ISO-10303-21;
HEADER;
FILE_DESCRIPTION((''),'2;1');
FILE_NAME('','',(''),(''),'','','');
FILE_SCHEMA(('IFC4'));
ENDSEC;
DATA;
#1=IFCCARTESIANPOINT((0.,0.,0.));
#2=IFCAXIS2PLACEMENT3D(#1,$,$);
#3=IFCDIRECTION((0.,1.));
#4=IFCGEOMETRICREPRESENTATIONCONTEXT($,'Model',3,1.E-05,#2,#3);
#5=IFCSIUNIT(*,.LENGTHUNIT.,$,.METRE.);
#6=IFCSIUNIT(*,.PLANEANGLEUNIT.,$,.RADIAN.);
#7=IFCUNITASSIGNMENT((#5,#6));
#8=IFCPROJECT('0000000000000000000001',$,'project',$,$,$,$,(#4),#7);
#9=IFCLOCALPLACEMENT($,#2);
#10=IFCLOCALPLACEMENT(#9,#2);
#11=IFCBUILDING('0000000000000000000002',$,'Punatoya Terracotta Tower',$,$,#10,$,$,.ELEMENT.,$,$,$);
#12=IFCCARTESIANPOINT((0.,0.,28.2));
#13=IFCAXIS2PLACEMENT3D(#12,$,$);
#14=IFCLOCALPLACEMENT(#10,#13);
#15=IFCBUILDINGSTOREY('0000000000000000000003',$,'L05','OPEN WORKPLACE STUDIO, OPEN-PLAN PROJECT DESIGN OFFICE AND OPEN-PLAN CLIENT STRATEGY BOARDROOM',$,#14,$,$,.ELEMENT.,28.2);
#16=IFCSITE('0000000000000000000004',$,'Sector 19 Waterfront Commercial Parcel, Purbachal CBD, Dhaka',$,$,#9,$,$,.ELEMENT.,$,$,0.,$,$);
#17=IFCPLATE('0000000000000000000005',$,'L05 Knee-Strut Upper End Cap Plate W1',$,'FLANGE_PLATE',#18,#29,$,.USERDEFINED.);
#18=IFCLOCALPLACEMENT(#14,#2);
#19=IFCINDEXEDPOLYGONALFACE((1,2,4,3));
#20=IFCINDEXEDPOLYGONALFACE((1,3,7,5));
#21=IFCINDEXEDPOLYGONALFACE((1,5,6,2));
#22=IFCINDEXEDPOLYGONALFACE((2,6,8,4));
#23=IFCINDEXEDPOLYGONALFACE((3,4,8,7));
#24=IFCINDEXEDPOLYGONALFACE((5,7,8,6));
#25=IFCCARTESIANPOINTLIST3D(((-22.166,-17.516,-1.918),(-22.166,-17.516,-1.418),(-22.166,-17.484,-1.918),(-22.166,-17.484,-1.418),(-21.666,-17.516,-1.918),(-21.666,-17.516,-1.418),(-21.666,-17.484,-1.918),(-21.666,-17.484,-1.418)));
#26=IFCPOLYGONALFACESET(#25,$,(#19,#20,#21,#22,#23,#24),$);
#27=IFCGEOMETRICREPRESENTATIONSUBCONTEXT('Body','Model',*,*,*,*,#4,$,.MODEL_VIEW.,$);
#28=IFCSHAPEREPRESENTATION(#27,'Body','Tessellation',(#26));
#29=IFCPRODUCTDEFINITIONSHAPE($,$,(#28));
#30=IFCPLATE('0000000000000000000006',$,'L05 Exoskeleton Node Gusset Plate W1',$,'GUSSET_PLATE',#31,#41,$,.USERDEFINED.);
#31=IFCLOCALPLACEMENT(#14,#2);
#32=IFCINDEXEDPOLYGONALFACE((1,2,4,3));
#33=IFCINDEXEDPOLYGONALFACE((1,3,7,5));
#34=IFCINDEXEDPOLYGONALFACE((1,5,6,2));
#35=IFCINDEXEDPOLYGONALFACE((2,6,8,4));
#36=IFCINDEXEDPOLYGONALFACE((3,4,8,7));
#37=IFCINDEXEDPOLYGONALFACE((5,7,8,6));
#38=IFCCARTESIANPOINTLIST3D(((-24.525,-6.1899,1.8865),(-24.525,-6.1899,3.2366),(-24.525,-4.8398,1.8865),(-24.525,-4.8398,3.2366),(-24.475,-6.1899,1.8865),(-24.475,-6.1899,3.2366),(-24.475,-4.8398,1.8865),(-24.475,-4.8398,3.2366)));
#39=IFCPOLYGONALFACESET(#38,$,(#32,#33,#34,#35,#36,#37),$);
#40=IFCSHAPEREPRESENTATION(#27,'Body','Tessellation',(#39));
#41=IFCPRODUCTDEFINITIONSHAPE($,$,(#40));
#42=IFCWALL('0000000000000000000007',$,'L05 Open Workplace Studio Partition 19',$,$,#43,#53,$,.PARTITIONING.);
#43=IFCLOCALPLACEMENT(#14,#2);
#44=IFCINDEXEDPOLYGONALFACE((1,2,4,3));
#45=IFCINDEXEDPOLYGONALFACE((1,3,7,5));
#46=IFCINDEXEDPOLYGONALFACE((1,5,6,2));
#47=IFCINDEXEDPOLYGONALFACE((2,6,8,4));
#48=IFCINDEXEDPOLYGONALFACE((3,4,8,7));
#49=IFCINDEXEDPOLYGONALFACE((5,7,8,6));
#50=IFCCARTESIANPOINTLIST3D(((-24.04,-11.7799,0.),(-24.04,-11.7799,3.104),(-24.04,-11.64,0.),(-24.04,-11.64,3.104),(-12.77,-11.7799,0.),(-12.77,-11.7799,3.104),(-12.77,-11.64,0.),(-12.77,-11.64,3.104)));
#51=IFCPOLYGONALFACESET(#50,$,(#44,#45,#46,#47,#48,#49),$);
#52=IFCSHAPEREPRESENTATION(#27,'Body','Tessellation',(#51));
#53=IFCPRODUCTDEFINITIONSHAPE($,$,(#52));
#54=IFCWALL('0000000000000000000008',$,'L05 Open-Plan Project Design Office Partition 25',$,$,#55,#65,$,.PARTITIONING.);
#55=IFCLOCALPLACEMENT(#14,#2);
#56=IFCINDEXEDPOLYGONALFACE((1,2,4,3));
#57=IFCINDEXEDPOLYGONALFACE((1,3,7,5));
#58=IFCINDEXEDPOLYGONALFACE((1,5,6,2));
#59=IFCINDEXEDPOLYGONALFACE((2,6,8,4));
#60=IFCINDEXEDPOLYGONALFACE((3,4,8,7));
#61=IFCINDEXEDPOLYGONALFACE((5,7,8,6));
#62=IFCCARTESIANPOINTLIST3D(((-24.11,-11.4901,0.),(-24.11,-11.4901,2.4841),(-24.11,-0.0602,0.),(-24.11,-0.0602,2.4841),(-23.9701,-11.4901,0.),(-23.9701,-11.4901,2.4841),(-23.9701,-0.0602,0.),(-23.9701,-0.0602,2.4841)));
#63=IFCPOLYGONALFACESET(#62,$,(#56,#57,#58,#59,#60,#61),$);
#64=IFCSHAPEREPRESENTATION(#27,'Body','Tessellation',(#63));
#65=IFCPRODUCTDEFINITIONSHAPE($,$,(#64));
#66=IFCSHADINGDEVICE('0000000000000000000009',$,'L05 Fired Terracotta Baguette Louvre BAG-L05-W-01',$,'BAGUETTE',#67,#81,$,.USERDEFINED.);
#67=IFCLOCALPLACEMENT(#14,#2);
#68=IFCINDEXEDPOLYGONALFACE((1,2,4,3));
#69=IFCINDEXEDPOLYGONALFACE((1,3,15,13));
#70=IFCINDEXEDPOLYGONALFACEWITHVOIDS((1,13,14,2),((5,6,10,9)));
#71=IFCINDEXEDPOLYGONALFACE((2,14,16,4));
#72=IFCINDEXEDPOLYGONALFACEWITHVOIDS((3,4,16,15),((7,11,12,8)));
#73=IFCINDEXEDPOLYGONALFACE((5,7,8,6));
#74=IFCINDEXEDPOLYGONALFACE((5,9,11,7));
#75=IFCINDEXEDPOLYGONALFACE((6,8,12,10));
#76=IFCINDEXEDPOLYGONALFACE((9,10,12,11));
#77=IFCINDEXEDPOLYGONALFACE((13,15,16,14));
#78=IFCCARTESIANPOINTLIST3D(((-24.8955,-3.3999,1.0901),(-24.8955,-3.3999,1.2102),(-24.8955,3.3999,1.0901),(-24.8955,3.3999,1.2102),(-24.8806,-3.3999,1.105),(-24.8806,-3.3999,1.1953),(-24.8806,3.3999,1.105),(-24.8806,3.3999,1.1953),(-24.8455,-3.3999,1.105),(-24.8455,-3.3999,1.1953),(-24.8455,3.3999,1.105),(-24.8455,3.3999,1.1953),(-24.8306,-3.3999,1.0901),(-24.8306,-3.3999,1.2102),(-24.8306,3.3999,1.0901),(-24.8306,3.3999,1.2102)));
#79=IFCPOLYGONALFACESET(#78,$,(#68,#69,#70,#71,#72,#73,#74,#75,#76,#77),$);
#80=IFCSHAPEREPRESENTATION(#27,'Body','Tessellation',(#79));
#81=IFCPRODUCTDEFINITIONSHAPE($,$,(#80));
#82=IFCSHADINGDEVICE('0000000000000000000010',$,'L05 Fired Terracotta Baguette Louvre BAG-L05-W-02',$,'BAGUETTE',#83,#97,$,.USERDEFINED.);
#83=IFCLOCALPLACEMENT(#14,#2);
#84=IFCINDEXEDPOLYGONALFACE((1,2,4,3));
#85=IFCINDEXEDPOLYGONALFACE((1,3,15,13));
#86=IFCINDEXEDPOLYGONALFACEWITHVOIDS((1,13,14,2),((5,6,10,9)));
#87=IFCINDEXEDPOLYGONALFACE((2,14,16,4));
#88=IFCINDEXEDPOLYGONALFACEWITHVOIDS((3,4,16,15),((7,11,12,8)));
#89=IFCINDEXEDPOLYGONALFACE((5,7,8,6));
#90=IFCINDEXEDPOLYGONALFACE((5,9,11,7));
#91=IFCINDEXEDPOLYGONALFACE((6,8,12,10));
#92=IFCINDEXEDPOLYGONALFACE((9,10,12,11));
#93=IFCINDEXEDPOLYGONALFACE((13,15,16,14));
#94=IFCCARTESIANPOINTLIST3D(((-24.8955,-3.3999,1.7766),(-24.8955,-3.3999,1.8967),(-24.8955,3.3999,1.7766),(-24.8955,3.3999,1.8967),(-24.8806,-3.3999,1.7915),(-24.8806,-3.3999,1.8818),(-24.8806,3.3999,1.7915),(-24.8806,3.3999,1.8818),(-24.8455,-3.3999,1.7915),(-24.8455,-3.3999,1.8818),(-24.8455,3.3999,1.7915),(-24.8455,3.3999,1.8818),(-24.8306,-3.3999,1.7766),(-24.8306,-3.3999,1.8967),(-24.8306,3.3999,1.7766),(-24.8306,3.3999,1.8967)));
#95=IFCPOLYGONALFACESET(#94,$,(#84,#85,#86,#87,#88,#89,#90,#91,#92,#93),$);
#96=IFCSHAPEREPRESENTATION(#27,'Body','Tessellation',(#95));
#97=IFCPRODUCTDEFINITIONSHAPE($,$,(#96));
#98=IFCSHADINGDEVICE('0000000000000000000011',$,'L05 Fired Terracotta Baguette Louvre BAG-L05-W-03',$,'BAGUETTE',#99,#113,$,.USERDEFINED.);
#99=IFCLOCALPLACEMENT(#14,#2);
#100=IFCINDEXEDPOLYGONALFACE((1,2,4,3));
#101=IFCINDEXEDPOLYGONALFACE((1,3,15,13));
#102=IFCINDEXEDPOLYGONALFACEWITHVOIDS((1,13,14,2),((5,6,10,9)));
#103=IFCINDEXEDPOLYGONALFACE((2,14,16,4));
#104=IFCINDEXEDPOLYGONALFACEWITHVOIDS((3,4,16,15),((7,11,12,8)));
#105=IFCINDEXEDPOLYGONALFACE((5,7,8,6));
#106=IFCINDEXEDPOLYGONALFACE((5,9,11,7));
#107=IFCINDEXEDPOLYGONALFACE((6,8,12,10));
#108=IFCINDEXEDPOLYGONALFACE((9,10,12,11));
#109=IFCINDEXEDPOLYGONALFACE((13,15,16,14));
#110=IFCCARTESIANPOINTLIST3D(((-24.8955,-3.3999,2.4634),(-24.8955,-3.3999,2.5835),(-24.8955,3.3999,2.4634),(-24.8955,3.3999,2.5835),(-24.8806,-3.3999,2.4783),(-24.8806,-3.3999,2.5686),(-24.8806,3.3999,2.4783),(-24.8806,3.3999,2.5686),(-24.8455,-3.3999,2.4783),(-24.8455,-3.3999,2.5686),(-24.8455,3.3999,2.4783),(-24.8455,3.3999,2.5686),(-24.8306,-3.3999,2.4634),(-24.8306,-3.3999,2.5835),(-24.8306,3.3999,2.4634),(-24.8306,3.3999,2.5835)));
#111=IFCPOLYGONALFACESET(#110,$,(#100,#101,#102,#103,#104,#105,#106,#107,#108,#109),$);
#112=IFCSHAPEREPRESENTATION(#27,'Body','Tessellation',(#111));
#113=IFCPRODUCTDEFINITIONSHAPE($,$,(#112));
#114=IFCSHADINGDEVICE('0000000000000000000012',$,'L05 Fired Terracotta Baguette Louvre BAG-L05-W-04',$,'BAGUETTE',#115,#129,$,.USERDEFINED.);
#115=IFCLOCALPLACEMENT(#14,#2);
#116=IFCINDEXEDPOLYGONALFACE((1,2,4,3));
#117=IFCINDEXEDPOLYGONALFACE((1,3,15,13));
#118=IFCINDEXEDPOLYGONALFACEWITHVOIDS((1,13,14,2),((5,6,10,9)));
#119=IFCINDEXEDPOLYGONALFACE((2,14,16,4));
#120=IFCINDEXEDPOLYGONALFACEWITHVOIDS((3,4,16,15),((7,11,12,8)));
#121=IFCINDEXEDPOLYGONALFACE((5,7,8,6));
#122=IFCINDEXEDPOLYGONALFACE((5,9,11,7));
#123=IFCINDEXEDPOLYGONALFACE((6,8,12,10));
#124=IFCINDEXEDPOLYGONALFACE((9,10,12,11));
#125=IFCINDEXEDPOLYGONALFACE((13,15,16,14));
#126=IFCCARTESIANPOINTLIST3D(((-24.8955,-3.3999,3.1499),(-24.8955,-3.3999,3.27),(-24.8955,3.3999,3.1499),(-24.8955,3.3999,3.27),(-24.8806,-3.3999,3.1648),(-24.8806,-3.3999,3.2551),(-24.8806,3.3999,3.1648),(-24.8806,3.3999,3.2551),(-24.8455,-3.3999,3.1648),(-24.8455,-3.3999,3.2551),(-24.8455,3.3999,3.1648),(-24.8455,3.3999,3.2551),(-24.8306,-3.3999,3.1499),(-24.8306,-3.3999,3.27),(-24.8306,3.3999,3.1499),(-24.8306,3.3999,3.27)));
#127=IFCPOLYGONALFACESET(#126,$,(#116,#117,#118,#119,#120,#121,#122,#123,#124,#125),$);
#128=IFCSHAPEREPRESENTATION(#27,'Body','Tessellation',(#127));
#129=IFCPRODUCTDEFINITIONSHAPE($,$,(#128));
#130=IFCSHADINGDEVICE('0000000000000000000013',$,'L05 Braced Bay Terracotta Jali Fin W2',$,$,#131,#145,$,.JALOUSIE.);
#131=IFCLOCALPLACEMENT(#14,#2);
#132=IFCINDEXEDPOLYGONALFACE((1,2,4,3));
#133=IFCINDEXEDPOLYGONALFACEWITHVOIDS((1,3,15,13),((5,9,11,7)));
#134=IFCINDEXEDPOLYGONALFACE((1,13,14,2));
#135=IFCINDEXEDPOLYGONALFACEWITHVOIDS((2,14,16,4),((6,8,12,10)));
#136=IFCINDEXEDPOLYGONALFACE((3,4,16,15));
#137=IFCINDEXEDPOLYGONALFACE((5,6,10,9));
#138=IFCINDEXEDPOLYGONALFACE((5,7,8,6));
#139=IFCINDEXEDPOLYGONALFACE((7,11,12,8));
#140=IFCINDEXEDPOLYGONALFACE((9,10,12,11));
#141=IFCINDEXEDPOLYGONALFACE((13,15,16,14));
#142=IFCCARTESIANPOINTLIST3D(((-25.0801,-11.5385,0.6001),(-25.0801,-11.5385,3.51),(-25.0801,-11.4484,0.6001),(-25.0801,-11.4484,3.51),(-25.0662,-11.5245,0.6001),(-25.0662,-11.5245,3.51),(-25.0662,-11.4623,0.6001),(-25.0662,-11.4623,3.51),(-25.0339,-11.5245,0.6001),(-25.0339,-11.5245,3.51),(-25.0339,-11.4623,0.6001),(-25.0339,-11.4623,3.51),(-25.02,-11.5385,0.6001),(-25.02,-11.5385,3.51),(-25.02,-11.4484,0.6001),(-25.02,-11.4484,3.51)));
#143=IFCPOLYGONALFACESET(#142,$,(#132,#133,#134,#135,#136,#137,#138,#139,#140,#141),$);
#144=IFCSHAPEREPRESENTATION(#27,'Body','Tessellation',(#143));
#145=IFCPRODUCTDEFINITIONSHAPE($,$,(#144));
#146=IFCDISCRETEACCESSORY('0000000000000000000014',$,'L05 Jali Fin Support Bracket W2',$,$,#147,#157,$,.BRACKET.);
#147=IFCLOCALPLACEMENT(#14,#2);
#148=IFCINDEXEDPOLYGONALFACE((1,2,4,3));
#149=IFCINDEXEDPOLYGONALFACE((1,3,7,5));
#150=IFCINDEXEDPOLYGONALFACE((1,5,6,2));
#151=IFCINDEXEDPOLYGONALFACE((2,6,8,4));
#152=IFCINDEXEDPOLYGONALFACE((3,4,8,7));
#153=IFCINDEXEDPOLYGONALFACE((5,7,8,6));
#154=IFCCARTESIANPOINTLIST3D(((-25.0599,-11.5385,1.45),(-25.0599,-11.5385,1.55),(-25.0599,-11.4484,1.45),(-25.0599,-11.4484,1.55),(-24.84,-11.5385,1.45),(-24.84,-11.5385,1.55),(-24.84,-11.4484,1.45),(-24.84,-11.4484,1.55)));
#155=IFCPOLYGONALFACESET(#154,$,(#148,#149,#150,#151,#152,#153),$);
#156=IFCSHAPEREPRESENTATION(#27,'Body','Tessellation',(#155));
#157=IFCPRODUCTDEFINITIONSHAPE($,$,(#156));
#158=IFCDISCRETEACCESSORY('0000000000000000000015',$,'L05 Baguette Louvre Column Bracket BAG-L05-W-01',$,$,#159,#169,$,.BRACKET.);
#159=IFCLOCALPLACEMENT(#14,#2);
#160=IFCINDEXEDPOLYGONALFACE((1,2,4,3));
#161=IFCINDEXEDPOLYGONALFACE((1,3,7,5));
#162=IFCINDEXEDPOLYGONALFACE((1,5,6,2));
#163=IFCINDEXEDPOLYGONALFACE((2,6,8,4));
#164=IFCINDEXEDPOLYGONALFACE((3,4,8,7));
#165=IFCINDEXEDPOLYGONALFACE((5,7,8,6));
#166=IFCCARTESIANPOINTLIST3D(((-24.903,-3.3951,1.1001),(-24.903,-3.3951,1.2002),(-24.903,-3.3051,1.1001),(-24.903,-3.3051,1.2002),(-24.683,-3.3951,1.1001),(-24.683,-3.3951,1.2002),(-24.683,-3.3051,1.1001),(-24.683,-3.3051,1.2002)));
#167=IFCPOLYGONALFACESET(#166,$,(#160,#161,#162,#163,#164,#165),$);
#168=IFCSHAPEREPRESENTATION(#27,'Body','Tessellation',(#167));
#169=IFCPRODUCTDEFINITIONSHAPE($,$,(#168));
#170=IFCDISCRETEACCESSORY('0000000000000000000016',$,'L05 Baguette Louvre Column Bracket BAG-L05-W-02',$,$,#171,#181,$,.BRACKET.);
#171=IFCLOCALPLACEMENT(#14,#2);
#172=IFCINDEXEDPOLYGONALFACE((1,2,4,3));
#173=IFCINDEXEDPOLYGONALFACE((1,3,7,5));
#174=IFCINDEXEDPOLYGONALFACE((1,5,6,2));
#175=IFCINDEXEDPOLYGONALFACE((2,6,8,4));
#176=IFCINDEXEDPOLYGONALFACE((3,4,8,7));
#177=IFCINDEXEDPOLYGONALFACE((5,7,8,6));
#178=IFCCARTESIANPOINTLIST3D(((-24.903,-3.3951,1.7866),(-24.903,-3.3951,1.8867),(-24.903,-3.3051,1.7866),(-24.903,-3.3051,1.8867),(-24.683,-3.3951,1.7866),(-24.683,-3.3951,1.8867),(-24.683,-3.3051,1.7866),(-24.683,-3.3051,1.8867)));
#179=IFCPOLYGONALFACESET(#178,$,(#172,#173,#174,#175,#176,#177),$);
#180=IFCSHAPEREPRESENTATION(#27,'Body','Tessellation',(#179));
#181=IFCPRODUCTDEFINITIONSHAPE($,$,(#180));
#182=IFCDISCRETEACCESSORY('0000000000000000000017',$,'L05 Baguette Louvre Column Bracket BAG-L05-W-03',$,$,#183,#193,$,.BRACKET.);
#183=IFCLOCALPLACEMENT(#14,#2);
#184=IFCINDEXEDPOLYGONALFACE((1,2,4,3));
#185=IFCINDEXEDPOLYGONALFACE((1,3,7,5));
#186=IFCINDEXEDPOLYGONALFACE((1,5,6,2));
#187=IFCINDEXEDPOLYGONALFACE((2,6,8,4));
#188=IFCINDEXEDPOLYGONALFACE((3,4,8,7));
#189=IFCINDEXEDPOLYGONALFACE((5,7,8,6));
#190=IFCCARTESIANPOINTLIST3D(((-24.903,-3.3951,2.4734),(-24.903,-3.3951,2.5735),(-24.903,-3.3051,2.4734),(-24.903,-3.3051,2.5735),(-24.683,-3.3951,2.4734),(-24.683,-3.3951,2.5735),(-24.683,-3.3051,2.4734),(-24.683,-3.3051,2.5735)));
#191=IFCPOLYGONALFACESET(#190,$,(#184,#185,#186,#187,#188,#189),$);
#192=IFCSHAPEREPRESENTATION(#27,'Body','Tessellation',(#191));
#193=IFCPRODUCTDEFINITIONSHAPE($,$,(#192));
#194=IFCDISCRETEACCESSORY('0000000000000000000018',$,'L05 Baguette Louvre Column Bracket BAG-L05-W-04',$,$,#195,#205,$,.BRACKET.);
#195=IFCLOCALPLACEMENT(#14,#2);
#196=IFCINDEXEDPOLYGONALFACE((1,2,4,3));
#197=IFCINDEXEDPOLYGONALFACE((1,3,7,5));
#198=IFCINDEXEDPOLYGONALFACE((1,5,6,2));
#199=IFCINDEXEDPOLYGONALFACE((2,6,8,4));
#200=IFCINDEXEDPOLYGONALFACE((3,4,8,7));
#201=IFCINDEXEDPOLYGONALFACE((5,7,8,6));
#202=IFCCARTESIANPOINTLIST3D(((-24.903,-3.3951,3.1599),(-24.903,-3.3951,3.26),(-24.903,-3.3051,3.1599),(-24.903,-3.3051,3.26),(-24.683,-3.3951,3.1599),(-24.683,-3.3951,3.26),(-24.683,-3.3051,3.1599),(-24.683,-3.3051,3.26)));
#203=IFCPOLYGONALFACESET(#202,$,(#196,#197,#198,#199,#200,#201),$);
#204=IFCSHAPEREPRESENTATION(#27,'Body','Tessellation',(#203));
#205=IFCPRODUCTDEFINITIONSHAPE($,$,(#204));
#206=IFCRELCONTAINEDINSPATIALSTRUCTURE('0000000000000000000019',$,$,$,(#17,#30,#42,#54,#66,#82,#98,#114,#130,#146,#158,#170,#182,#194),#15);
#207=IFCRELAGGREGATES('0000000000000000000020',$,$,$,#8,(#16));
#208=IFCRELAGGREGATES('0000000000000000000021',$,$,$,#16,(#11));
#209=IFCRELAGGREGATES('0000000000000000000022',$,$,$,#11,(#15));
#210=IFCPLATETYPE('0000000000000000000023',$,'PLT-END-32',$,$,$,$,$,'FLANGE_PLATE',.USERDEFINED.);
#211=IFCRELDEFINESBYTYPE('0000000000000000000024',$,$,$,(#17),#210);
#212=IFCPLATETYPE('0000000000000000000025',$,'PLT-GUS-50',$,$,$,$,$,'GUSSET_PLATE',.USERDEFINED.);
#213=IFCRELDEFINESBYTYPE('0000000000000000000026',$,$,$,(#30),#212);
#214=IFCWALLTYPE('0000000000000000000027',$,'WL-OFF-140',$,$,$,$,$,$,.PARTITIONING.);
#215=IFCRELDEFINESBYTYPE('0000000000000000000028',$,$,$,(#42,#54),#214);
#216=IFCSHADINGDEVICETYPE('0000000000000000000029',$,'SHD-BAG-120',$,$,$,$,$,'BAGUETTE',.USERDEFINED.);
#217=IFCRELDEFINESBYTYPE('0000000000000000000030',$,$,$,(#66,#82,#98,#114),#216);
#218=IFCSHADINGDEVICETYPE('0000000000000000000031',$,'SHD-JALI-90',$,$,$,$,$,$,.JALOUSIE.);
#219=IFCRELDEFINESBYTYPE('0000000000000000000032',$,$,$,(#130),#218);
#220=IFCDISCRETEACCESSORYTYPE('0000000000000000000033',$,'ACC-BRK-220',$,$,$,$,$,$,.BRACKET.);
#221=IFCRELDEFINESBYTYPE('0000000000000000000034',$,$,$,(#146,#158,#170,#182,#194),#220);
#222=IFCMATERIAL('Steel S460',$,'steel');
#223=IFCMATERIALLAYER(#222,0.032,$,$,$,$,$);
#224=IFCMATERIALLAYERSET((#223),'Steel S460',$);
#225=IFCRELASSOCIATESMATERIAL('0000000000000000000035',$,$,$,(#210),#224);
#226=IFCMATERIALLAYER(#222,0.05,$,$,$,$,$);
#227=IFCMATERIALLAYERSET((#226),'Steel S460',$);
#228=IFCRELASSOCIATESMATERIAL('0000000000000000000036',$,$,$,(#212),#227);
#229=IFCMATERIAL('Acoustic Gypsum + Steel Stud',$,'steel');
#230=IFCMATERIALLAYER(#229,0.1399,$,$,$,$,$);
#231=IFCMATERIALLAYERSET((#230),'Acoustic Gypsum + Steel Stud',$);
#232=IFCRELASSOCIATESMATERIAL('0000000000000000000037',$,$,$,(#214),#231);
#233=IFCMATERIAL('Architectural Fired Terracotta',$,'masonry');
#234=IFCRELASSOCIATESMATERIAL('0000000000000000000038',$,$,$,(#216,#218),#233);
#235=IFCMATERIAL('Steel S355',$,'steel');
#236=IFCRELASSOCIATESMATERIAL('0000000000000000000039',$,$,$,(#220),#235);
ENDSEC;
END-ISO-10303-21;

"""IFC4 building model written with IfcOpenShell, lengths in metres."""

from ifc_helpers import new_model, si_unit, direction, frame, frame_2d, origin, origin_2d, place, context, subcontext, project, spatial, rectangle, hollow_rectangle, extrude, material, layer, layer_set, material_profile, profile_set, type_object, element, save


model = new_model("IFC4")

# Units and contexts
model_context = context("Model", 3, precision=1e-05, world=origin(), true_north=direction((0.0, 1.0)))
body_context = subcontext(model_context, "Body", "Model", "MODEL_VIEW")
ifc_project = project(units=[si_unit("LENGTHUNIT", "METRE"), si_unit("PLANEANGLEUNIT", "RADIAN")], contexts=[model_context])

# Site, building, storey
site_placement = place(None, origin())
site = spatial("IfcSite", under=ifc_project, at=site_placement, Name="Sector 19 Waterfront Commercial Parcel, Purbachal CBD, Dhaka", CompositionType="ELEMENT", RefElevation=0.0)
building_placement = place(site_placement, origin())
building = spatial("IfcBuilding", under=site, at=building_placement, Name="Punatoya Terracotta Tower", CompositionType="ELEMENT")
storey_placement = place(building_placement, frame((0.0, 0.0, 28.2)))
storey = spatial("IfcBuildingStorey", under=building, at=storey_placement, Name="L05", Description="OPEN WORKPLACE STUDIO, OPEN-PLAN PROJECT DESIGN OFFICE AND OPEN-PLAN CLIENT STRATEGY BOARDROOM", CompositionType="ELEMENT", Elevation=28.2)

# Shared definitions
ifc_material_1 = material(Name="Steel S460", Category="steel")

# Shared definitions
ifc_material_2 = material(Name="Steel S355", Category="steel")

# Plates
ifc_layer_1 = layer(ifc_material_1, 0.032)
ifc_layer_set_1 = layer_set([ifc_layer_1], Name="Steel S460")
plate_type_1 = type_object("IfcPlateType", Name="PLT-END-32", ElementType="FLANGE_PLATE", PredefinedType="USERDEFINED", material=ifc_layer_set_1)
plate_1_placement = place(storey_placement, frame((-21.916, -17.5, -1.918), z_axis=(0.0, 0.0, 1.0), x_axis=(1.0, 0.0, 0.0)))
element("IfcPlate", 1, at=plate_1_placement, inside=storey, type_object=plate_type_1, Name="L05 Knee-Strut Upper End Cap Plate W1", ObjectType="FLANGE_PLATE", PredefinedType="USERDEFINED", context=body_context, shape_type="SweptSolid", body=[
    extrude(rectangle(XDim=0.5, YDim=0.032, at=origin_2d()), origin(), (0.0, 0.0, 1.0), 0.5),
])
ifc_layer_2 = layer(ifc_material_1, 0.05)
ifc_layer_set_2 = layer_set([ifc_layer_2], Name="Steel S460")
plate_type_2 = type_object("IfcPlateType", Name="PLT-GUS-50", ElementType="GUSSET_PLATE", PredefinedType="USERDEFINED", material=ifc_layer_set_2)
plate_2_placement = place(storey_placement, frame((-24.5, -5.5149, 1.8865), z_axis=(0.0, 0.0, 1.0), x_axis=(0.0, 1.0, 0.0)))
element("IfcPlate", 2, at=plate_2_placement, inside=storey, type_object=plate_type_2, Name="L05 Exoskeleton Node Gusset Plate W1", ObjectType="GUSSET_PLATE", PredefinedType="USERDEFINED", context=body_context, shape_type="SweptSolid", body=[
    extrude(rectangle(XDim=1.3501, YDim=0.05, at=origin_2d()), origin(), (0.0, 0.0, 1.0), 1.3501),
])

# Walls
ifc_material_3 = material(Name="Acoustic Gypsum + Steel Stud", Category="steel")
ifc_layer_3 = layer(ifc_material_3, 0.1399)
ifc_layer_set_3 = layer_set([ifc_layer_3], Name="Acoustic Gypsum + Steel Stud")
wall_type = type_object("IfcWallType", Name="WL-OFF-140", PredefinedType="PARTITIONING", material=ifc_layer_set_3)
wall_1_placement = place(storey_placement, frame((-24.04, -11.71, 0.0), z_axis=(0.0, 0.0, 1.0), x_axis=(1.0, 0.0, 0.0)))
element("IfcWall", 3, at=wall_1_placement, inside=storey, type_object=wall_type, Name="L05 Open Workplace Studio Partition 19", PredefinedType="PARTITIONING", context=body_context, shape_type="SweptSolid", body=[
    extrude(rectangle(XDim=11.27, YDim=0.1399, at=frame_2d((5.635, 0.0))), origin(), (0.0, 0.0, 1.0), 3.104),
])
wall_2_placement = place(storey_placement, frame((-24.04, -11.49, 0.0), z_axis=(0.0, 0.0, 1.0), x_axis=(0.0, 1.0, 0.0)))
element("IfcWall", 4, at=wall_2_placement, inside=storey, type_object=wall_type, Name="L05 Open-Plan Project Design Office Partition 25", PredefinedType="PARTITIONING", context=body_context, shape_type="SweptSolid", body=[
    extrude(rectangle(XDim=11.4299, YDim=0.1399, at=frame_2d((5.7148, 0.0))), origin(), (0.0, 0.0, 1.0), 2.4841),
])

# Shading devices
ifc_material_4 = material(Name="Architectural Fired Terracotta", Category="masonry")
ifc_material_profile_1 = material_profile(ifc_material_4, hollow_rectangle(XDim=0.0649, YDim=0.1201, WallThickness=0.0149, at=origin_2d()))
ifc_profile_set_1 = profile_set([ifc_material_profile_1], Name="Architectural Fired Terracotta")
shading_device_type_1 = type_object("IfcShadingDeviceType", Name="SHD-BAG-120", ElementType="BAGUETTE", PredefinedType="USERDEFINED", material=ifc_profile_set_1)
for number, where, z_axis, x_axis, name in (
    (5, (-24.863, -3.3999, 1.1501), (0.0, 1.0, 0.0), (-1.0, 0.0, 0.0), "L05 Fired Terracotta Baguette Louvre BAG-L05-W-01"),
    (6, (-24.863, -3.3999, 1.8367), (0.0, 1.0, 0.0), (-1.0, 0.0, 0.0), "L05 Fired Terracotta Baguette Louvre BAG-L05-W-02"),
    (7, (-24.863, -3.3999, 2.5234), (0.0, 1.0, 0.0), (-1.0, 0.0, 0.0), "L05 Fired Terracotta Baguette Louvre BAG-L05-W-03"),
    (8, (-24.863, -3.3999, 3.21), (0.0, 1.0, 0.0), (-1.0, 0.0, 0.0), "L05 Fired Terracotta Baguette Louvre BAG-L05-W-04"),
):
    element("IfcShadingDevice", number, at=place(storey_placement, frame(where, z_axis=z_axis, x_axis=x_axis)), inside=storey, type_object=shading_device_type_1, Name=name, ObjectType="BAGUETTE", PredefinedType="USERDEFINED", context=body_context, shape_type="SweptSolid", body=[
        extrude(hollow_rectangle(XDim=0.0649, YDim=0.1201, WallThickness=0.0149, at=origin_2d()), origin(), (0.0, 0.0, 1.0), 6.7998),
    ])
ifc_material_profile_2 = material_profile(ifc_material_4, hollow_rectangle(XDim=0.0601, YDim=0.0901, WallThickness=0.0139, at=origin_2d()))
ifc_profile_set_2 = profile_set([ifc_material_profile_2], Name="Architectural Fired Terracotta")
shading_device_type_2 = type_object("IfcShadingDeviceType", Name="SHD-JALI-90", PredefinedType="JALOUSIE", material=ifc_profile_set_2)
shading_device_placement = place(storey_placement, frame((-25.05, -11.4934, 0.6001), z_axis=(0.0, 0.0, 1.0), x_axis=(1.0, 0.0, 0.0)))
element("IfcShadingDevice", 9, at=shading_device_placement, inside=storey, type_object=shading_device_type_2, Name="L05 Braced Bay Terracotta Jali Fin W2", PredefinedType="JALOUSIE", context=body_context, shape_type="SweptSolid", body=[
    extrude(hollow_rectangle(XDim=0.0601, YDim=0.0901, WallThickness=0.0139, at=origin_2d()), origin(), (0.0, 0.0, 1.0), 2.9099),
])

# Discrete accessories
discrete_accessory_type = type_object("IfcDiscreteAccessoryType", Name="ACC-BRK-220", PredefinedType="BRACKET", material=ifc_material_2)
for number, where, z_axis, x_axis, name in (
    (10, (-24.95, -11.4934, 1.45), (0.0, 0.0, 1.0), (0.0, -1.0, 0.0), "L05 Jali Fin Support Bracket W2"),
    (11, (-24.793, -3.3501, 1.1001), (0.0, 0.0, 1.0), (0.0, 1.0, 0.0), "L05 Baguette Louvre Column Bracket BAG-L05-W-01"),
    (12, (-24.793, -3.3501, 1.7866), (0.0, 0.0, 1.0), (0.0, 1.0, 0.0), "L05 Baguette Louvre Column Bracket BAG-L05-W-02"),
    (13, (-24.793, -3.3501, 2.4734), (0.0, 0.0, 1.0), (0.0, 1.0, 0.0), "L05 Baguette Louvre Column Bracket BAG-L05-W-03"),
    (14, (-24.793, -3.3501, 3.1599), (0.0, 0.0, 1.0), (0.0, 1.0, 0.0), "L05 Baguette Louvre Column Bracket BAG-L05-W-04"),
):
    element("IfcDiscreteAccessory", number, at=place(storey_placement, frame(where, z_axis=z_axis, x_axis=x_axis)), inside=storey, type_object=discrete_accessory_type, Name=name, PredefinedType="BRACKET", context=body_context, shape_type="SweptSolid", body=[
        extrude(rectangle(XDim=0.0901, YDim=0.22, at=origin_2d()), origin(), (0.0, 0.0, 1.0), 0.1001),
    ])

save(model, "model.ifc")
